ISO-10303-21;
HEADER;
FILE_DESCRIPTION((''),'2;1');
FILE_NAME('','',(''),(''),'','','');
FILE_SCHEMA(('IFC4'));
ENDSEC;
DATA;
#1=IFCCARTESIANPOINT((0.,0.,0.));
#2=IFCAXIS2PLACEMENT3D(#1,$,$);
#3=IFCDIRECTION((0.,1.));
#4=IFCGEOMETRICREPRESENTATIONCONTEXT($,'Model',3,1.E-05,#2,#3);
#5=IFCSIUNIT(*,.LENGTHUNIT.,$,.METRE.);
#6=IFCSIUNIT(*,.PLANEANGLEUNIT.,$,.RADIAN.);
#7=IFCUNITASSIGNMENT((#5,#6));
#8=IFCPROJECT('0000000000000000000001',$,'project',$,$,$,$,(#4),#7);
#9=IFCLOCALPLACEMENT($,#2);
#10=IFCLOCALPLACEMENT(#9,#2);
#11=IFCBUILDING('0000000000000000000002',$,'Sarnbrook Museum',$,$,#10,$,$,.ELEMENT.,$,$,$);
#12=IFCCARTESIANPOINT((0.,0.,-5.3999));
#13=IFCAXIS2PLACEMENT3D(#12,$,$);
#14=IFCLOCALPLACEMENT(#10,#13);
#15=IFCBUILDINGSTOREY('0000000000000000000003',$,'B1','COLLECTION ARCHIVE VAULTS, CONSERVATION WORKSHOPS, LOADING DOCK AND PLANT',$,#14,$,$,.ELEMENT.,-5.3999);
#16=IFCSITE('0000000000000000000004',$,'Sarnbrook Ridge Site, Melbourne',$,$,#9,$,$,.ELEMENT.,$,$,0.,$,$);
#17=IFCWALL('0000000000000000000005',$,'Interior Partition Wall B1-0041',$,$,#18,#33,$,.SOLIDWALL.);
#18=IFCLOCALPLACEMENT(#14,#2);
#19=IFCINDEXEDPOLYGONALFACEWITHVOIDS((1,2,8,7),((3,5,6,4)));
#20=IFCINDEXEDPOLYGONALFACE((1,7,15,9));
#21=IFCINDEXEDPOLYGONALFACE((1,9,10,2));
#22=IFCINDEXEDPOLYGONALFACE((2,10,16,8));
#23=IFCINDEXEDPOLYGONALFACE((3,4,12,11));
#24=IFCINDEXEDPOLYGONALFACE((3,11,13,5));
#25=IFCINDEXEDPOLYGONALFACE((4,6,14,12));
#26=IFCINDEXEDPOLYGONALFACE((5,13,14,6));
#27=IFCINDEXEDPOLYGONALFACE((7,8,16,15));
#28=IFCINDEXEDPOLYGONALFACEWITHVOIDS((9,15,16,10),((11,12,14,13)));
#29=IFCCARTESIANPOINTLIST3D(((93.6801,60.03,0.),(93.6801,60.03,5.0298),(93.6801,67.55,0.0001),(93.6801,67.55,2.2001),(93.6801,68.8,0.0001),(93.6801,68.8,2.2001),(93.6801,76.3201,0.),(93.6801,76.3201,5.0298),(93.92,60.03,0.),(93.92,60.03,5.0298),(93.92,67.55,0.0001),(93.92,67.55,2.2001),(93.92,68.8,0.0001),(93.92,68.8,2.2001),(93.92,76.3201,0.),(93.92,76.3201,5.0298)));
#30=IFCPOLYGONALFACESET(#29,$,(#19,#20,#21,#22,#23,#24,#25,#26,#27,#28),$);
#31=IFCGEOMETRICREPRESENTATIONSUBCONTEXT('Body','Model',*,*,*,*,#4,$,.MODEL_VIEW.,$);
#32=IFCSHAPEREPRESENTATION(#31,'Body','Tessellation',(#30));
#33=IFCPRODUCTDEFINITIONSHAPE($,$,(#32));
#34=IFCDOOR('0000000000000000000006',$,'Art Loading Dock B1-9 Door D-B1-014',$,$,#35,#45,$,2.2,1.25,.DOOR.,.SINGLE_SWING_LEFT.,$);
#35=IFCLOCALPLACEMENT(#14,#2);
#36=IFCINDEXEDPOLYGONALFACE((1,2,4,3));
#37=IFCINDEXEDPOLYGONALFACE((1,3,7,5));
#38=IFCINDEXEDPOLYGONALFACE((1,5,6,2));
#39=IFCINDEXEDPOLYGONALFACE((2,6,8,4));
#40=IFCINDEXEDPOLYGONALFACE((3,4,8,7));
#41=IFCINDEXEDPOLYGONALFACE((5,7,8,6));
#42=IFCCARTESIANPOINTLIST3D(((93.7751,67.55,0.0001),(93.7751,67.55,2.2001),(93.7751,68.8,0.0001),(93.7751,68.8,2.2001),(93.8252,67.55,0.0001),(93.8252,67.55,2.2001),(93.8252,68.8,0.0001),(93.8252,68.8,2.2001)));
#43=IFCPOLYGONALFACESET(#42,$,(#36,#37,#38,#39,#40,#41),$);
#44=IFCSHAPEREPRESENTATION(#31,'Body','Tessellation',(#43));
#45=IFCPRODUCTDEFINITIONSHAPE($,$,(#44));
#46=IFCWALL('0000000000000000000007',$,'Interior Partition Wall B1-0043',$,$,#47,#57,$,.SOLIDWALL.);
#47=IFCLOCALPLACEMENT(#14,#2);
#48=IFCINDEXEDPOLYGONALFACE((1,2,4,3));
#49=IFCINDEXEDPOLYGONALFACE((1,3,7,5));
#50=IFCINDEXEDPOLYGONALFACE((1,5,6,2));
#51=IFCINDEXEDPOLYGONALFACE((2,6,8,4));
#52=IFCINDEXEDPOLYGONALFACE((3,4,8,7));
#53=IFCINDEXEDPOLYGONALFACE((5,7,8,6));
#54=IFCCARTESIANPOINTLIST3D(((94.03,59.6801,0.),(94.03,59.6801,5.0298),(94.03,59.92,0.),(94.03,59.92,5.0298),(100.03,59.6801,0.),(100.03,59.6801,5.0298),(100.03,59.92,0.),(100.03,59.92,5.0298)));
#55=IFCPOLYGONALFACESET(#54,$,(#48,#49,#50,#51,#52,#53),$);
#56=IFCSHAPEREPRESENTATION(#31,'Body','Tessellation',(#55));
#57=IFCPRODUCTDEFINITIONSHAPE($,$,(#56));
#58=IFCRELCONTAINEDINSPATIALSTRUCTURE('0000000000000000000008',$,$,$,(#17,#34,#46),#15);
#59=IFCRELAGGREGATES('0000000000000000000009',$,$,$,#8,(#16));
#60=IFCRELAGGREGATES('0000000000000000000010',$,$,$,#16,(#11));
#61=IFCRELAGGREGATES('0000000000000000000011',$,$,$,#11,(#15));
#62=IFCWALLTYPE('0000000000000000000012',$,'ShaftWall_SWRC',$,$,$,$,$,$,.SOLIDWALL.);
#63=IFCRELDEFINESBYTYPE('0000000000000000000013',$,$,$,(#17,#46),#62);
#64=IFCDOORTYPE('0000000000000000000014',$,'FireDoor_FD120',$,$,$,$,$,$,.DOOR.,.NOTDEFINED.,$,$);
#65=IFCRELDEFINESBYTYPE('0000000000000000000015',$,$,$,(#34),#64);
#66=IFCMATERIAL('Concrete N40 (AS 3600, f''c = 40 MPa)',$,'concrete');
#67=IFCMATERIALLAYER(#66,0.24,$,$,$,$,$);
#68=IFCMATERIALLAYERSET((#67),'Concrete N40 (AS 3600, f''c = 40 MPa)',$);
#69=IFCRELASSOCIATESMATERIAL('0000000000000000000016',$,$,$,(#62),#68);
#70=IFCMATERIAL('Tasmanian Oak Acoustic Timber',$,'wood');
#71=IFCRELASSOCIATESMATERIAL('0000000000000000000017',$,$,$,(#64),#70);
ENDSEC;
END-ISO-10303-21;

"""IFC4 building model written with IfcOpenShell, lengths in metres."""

from ifc_helpers import new_model, si_unit, direction, frame, frame_2d, origin, place, context, subcontext, project, spatial, rectangle, extrude, material, layer, layer_set, type_object, element, fill, save


model = new_model("IFC4")

# Units and contexts
model_context = context("Model", 3, precision=1e-05, world=origin(), true_north=direction((0.0, 1.0)))
body_context = subcontext(model_context, "Body", "Model", "MODEL_VIEW")
ifc_project = project(units=[si_unit("LENGTHUNIT", "METRE"), si_unit("PLANEANGLEUNIT", "RADIAN")], contexts=[model_context])

# Site, building, storey
site_placement = place(None, origin())
site = spatial("IfcSite", under=ifc_project, at=site_placement, Name="Sarnbrook Ridge Site, Melbourne", CompositionType="ELEMENT", RefElevation=0.0)
building_placement = place(site_placement, origin())
building = spatial("IfcBuilding", under=site, at=building_placement, Name="Sarnbrook Museum", CompositionType="ELEMENT")
storey_placement = place(building_placement, frame((0.0, 0.0, -5.3999)))
storey = spatial("IfcBuildingStorey", under=building, at=storey_placement, Name="B1", Description="COLLECTION ARCHIVE VAULTS, CONSERVATION WORKSHOPS, LOADING DOCK AND PLANT", CompositionType="ELEMENT", Elevation=-5.3999)

# Shared definitions
ifc_material_1 = material(Name="Concrete N40 (AS 3600, f'c = 40 MPa)", Category="concrete")

# Wall, opening, door
ifc_material_2 = material(Name="Tasmanian Oak Acoustic Timber", Category="wood")
ifc_layer_1 = layer(ifc_material_1, 0.24)
ifc_layer_set_1 = layer_set([ifc_layer_1], Name="Concrete N40 (AS 3600, f'c = 40 MPa)")
wall_type_1 = type_object("IfcWallType", Name="ShaftWall_SWRC", PredefinedType="SOLIDWALL", material=ifc_layer_set_1)
wall_1_placement = place(storey_placement, frame((93.8, 60.03, 0.0), z_axis=(0.0, 0.0, 1.0), x_axis=(0.0, 1.0, 0.0)))
wall_1 = element("IfcWall", 1, at=wall_1_placement, inside=storey, type_object=wall_type_1, Name="Interior Partition Wall B1-0041", PredefinedType="SOLIDWALL", context=body_context, shape_type="SweptSolid", body=[
    extrude(rectangle(XDim=16.29, YDim=0.24, at=frame_2d((8.145, 0.0))), origin(), (0.0, 0.0, 1.0), 5.0298),
])
opening_1_placement = place(wall_1_placement, frame((7.52, 0.0, 0.0)))
opening_1 = element("IfcOpeningElement", 2, at=opening_1_placement, cuts=wall_1, PredefinedType="OPENING", context=body_context, shape_type="SweptSolid", body=[
    extrude(rectangle(XDim=1.25, YDim=2.2, at=frame_2d((0.625, 1.1001))), frame((0.0, 0.1299, 0.0), z_axis=(0.0, -1.0, 0.0), x_axis=(1.0, 0.0, 0.0)), (0.0, 0.0, 1.0), 0.26),
])
door_type_1 = type_object("IfcDoorType", Name="FireDoor_FD120", OperationType="NOTDEFINED", PredefinedType="DOOR", material=ifc_material_2)
door_1_placement = place(opening_1_placement, origin())
door_1 = element("IfcDoor", 3, at=door_1_placement, inside=storey, type_object=door_type_1, Name="Art Loading Dock B1-9 Door D-B1-014", OperationType="SINGLE_SWING_LEFT", OverallHeight=2.2, OverallWidth=1.25, PredefinedType="DOOR", context=body_context, shape_type="SweptSolid", body=[
    extrude(rectangle(XDim=1.25, YDim=2.2, at=frame_2d((0.625, 1.1001))), frame((0.0, 0.0249, 0.0), z_axis=(0.0, -1.0, 0.0), x_axis=(1.0, 0.0, 0.0)), (0.0, 0.0, 1.0), 0.05),
])
fill(opening_1, door_1)

# Wall
wall_2_placement = place(storey_placement, frame((100.03, 59.8, 0.0), z_axis=(0.0, 0.0, 1.0), x_axis=(-1.0, 0.0, 0.0)))
element("IfcWall", 4, at=wall_2_placement, inside=storey, type_object=wall_type_1, Name="Interior Partition Wall B1-0043", PredefinedType="SOLIDWALL", context=body_context, shape_type="SweptSolid", body=[
    extrude(rectangle(XDim=6.0, YDim=0.24, at=frame_2d((3.0, 0.0))), origin(), (0.0, 0.0, 1.0), 5.0298),
])

save(model, "model.ifc")
